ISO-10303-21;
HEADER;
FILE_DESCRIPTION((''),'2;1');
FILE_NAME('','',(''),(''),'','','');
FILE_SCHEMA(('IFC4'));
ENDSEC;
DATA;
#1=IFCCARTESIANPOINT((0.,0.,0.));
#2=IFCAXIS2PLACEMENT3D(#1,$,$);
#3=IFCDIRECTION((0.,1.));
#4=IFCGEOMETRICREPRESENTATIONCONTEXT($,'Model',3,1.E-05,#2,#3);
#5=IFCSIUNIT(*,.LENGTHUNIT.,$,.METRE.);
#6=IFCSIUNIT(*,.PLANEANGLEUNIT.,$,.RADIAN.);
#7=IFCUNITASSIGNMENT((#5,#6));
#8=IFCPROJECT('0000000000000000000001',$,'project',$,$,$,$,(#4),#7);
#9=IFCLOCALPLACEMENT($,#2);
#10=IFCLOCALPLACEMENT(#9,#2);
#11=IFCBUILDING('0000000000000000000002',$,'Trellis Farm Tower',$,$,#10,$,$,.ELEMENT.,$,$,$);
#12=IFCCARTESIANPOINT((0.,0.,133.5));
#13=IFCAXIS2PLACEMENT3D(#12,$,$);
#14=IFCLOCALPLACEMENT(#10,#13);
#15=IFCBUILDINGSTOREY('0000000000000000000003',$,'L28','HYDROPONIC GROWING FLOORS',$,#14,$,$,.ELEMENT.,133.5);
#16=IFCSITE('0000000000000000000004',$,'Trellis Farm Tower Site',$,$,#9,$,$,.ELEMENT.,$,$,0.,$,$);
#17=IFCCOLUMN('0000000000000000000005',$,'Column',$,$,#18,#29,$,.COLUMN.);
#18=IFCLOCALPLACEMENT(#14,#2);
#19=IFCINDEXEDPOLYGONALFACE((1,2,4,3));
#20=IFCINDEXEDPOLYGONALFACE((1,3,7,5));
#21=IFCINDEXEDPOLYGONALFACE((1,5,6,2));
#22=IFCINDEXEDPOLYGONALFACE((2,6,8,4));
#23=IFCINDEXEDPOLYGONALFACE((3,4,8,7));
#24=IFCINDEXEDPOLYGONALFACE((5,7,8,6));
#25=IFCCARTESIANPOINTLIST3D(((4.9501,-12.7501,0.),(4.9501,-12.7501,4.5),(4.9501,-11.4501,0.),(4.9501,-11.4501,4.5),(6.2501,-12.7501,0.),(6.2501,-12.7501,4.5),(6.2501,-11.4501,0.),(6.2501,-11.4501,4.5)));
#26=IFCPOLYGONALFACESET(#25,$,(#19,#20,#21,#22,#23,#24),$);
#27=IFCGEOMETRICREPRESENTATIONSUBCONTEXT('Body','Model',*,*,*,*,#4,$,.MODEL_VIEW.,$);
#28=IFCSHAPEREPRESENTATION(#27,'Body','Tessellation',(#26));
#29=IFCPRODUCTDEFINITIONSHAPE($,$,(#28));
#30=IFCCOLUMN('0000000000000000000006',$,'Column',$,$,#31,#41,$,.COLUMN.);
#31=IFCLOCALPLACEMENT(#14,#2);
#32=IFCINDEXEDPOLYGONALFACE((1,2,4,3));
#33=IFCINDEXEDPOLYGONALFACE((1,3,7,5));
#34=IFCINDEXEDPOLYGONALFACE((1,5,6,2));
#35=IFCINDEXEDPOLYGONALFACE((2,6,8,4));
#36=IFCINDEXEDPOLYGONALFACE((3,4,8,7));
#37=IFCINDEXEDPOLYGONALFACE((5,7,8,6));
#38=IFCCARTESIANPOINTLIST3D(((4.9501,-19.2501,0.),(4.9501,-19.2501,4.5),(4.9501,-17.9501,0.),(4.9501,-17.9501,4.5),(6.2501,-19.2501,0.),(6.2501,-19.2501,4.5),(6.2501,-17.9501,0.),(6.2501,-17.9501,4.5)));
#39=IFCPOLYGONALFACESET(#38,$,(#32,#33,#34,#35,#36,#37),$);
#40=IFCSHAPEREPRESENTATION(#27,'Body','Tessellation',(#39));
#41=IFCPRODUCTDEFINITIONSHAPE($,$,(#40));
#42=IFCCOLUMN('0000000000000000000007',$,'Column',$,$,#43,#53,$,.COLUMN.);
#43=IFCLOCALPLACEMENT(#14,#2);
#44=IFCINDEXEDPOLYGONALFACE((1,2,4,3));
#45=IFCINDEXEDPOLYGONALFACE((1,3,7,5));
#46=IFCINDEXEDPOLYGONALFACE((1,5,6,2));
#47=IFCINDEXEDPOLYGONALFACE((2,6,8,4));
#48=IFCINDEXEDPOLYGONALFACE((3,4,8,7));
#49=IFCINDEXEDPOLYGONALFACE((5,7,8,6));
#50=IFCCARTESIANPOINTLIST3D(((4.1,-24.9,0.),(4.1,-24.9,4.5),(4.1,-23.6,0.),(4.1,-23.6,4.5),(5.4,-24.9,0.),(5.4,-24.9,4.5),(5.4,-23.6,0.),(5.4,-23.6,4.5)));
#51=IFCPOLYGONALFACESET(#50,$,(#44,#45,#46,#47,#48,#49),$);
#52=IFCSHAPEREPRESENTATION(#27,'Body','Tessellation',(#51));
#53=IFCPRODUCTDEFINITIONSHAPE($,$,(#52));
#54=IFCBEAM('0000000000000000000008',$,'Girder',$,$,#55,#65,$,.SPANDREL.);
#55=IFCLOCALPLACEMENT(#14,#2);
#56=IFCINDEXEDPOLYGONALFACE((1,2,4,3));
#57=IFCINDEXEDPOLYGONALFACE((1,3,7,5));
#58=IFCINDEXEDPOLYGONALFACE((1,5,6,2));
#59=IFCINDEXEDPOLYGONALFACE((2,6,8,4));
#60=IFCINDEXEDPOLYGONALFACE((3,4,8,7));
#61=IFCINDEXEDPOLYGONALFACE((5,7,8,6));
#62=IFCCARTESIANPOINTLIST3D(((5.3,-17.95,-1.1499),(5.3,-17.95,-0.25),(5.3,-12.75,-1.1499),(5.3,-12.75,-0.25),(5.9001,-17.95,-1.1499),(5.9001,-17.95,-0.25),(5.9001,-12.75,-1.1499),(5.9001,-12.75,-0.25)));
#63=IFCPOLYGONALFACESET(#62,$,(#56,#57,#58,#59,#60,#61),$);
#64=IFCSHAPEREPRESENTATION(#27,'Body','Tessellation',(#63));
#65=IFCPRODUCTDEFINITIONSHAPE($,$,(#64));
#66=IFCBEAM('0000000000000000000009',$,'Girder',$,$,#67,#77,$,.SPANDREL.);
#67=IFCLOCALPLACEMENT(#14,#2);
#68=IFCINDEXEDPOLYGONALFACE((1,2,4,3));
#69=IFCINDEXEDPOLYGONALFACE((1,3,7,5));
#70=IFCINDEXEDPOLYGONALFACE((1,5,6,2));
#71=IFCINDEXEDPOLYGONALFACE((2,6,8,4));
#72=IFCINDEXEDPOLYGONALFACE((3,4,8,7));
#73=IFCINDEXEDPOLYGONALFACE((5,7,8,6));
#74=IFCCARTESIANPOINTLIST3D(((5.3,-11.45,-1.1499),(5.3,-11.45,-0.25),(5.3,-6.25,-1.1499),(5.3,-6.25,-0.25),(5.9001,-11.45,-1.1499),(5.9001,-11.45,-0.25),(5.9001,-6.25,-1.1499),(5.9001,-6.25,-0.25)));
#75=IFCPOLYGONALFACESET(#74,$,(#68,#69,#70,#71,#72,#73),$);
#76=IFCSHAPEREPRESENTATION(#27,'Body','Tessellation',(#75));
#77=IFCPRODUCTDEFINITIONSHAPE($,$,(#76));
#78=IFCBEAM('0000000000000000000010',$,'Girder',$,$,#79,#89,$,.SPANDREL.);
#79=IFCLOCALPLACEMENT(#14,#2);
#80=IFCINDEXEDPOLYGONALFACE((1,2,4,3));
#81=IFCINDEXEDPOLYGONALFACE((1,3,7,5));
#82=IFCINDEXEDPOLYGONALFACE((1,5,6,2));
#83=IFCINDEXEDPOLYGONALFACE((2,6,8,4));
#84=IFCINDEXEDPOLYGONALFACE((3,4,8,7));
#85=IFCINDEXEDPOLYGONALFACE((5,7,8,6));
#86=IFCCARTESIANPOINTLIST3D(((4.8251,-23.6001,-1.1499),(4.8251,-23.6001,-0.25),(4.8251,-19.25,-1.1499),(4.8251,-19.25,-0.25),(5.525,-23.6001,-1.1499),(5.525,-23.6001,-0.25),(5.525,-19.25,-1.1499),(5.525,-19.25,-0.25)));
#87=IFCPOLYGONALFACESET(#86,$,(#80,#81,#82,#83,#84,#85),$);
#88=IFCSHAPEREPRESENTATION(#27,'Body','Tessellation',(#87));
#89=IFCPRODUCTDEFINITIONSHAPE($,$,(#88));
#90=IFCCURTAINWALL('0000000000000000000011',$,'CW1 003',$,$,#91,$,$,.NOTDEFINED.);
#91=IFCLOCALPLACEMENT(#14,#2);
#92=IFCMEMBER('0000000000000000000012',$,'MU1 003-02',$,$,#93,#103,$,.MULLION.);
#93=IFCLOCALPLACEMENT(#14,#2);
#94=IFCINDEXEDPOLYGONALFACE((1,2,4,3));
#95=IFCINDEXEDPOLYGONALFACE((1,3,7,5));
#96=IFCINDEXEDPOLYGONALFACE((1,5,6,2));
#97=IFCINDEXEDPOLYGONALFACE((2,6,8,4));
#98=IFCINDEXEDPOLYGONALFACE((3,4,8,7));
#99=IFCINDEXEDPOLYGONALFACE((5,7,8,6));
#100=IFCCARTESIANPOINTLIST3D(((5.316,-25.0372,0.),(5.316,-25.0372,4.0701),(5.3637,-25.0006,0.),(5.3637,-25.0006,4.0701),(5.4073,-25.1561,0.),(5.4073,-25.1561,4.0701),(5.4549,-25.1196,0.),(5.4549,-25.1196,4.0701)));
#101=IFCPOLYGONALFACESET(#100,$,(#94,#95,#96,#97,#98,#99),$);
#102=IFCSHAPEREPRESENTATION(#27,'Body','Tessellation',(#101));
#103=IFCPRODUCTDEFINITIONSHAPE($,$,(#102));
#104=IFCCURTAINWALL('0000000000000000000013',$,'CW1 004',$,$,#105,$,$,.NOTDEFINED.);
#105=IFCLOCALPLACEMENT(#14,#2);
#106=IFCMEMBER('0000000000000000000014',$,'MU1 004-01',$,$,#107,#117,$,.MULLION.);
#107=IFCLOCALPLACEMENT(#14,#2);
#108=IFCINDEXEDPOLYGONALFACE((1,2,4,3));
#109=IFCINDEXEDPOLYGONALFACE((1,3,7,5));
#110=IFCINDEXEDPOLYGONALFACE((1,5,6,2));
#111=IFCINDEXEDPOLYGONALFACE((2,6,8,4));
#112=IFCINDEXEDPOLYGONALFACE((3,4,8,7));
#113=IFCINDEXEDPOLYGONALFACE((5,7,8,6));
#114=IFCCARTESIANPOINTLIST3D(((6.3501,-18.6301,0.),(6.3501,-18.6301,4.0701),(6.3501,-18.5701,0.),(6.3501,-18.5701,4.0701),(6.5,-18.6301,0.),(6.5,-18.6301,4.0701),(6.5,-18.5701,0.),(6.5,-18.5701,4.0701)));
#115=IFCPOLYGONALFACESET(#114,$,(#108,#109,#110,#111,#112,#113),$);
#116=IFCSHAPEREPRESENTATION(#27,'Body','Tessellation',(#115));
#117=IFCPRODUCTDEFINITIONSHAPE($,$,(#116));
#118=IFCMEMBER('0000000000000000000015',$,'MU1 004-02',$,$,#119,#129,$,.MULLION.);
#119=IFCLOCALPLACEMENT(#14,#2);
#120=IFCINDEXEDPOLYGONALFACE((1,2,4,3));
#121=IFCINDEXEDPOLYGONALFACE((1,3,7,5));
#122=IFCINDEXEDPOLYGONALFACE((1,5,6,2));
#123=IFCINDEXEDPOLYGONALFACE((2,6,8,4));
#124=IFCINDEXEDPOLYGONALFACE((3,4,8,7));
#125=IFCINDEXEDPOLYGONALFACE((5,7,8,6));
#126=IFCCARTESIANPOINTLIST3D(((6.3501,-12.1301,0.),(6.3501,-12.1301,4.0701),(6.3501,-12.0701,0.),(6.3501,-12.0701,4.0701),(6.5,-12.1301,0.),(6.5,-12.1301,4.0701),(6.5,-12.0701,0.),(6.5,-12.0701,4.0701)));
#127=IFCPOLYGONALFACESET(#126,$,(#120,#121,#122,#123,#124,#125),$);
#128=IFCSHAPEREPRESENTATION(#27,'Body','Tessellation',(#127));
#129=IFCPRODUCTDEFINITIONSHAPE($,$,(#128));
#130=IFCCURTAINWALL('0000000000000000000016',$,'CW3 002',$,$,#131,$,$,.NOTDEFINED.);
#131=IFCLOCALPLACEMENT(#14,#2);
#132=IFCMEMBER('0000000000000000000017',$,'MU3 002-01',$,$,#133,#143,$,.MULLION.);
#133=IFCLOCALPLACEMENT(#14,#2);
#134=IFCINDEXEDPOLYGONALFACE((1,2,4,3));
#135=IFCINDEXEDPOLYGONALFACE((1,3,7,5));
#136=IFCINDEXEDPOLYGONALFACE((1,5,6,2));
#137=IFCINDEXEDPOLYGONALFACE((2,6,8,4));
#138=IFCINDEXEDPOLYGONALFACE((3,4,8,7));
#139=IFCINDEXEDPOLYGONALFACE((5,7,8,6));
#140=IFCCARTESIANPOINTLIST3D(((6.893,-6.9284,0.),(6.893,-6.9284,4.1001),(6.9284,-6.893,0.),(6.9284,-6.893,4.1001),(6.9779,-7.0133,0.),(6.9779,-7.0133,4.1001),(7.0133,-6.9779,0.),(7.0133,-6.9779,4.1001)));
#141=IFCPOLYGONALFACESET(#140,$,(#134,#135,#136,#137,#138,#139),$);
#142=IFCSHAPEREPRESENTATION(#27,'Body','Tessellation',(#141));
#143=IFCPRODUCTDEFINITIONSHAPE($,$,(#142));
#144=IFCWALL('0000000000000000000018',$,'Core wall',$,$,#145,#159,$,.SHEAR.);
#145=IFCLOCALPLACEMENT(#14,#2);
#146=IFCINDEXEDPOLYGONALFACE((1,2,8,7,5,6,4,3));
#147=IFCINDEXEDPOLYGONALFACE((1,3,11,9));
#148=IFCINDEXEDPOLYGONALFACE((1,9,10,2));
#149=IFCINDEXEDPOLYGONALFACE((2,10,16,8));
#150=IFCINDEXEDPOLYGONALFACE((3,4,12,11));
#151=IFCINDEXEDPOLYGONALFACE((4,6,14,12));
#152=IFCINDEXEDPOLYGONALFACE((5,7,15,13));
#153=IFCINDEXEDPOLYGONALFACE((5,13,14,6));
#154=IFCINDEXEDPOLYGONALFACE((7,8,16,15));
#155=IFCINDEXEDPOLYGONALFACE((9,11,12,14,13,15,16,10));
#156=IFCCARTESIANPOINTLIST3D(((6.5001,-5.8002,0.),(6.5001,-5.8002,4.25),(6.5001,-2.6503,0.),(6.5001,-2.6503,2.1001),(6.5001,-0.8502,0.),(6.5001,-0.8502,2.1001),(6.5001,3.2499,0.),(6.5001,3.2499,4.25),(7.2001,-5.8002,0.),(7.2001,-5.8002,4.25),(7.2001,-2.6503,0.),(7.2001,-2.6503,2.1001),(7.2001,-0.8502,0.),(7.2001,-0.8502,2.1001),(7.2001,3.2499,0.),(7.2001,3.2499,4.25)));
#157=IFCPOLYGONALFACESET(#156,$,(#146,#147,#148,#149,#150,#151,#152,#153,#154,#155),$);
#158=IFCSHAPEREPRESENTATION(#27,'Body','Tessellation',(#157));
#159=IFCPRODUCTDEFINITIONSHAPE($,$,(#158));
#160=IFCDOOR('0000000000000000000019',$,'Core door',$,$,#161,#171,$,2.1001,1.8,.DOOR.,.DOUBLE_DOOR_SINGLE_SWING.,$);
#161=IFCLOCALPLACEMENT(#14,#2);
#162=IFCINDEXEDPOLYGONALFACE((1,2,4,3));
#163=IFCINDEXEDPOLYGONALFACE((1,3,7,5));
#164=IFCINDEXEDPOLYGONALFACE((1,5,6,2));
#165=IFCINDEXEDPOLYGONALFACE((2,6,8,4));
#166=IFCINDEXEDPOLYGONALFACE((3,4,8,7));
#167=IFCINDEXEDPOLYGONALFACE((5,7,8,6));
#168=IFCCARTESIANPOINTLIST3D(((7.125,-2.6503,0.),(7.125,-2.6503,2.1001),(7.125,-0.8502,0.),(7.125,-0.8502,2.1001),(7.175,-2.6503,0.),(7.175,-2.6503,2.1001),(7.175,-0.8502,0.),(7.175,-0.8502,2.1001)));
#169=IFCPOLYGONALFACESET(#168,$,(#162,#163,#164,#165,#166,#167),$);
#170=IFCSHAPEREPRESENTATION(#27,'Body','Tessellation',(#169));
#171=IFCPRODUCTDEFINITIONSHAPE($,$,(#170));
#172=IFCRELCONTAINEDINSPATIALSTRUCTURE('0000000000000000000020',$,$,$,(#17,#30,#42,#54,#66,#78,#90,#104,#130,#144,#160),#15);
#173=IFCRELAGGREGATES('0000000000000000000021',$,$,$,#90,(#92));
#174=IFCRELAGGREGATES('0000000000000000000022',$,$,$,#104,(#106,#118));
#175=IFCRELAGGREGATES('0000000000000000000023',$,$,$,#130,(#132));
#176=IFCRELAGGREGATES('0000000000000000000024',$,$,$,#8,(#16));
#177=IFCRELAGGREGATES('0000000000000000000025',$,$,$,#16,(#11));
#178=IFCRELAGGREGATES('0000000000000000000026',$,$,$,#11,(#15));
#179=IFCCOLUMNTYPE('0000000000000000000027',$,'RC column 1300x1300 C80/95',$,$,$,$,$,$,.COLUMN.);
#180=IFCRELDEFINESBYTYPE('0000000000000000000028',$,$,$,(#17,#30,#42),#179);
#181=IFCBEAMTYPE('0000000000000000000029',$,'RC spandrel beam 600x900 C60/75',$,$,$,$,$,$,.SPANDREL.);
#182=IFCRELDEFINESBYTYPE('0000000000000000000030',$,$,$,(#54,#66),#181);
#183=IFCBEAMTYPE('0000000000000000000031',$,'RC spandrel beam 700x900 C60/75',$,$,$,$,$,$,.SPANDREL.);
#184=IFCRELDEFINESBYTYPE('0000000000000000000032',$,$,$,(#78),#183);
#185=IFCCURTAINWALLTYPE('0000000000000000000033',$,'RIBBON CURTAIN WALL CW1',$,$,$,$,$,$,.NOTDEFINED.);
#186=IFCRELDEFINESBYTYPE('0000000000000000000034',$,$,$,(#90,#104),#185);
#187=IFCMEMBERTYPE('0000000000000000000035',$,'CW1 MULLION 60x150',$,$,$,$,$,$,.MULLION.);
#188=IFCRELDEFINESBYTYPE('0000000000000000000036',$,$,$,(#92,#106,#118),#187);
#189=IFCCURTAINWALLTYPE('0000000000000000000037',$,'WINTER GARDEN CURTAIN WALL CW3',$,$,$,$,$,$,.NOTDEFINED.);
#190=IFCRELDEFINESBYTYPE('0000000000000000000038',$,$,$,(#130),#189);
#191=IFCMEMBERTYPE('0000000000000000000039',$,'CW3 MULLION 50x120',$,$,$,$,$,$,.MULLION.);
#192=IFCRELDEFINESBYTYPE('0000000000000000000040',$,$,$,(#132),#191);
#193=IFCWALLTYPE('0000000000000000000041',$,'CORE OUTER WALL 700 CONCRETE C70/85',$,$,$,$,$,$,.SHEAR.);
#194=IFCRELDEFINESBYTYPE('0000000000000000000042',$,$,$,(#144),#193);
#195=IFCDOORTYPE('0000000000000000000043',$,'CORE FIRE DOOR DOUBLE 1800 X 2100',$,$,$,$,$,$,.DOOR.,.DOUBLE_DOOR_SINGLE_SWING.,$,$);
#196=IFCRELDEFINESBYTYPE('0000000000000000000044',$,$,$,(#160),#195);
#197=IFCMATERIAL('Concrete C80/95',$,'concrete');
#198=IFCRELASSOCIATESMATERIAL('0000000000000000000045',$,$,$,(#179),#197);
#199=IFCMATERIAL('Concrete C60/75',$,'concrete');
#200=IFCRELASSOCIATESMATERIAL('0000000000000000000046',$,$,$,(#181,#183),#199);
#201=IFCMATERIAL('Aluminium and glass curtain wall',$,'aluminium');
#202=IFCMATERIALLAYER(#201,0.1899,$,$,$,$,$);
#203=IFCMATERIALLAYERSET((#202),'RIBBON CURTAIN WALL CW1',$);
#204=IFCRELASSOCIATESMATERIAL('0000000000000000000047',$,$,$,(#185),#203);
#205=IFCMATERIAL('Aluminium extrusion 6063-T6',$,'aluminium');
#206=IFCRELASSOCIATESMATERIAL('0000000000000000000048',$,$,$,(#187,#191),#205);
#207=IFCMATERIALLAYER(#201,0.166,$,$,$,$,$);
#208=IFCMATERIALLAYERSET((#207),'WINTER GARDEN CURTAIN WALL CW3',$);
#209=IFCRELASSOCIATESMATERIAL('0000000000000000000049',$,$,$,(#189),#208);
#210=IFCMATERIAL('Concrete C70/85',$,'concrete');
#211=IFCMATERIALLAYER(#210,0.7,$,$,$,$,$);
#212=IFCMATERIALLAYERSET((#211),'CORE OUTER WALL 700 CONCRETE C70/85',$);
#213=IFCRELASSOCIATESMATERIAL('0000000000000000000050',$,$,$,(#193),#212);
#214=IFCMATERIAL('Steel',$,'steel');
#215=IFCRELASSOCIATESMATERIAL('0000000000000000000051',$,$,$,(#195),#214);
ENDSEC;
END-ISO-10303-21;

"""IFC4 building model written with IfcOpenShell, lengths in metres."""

from ifc_helpers import new_model, si_unit, direction, frame, frame_2d, origin, origin_2d, place, context, subcontext, project, spatial, rectangle, extrude, source, transform, mapped, material, layer, layer_set, material_profile, profile_set, type_object, element, fill, aggregate, save


model = new_model("IFC4")

# Units and contexts
model_context = context("Model", 3, precision=1e-05, world=origin(), true_north=direction((0.0, 1.0)))
body_context = subcontext(model_context, "Body", "Model", "MODEL_VIEW")
ifc_project = project(units=[si_unit("LENGTHUNIT", "METRE"), si_unit("PLANEANGLEUNIT", "RADIAN")], contexts=[model_context])

# Site, building, storey
site_placement = place(None, origin())
site = spatial("IfcSite", under=ifc_project, at=site_placement, Name="Trellis Farm Tower Site", CompositionType="ELEMENT", RefElevation=0.0)
building_placement = place(site_placement, origin())
building = spatial("IfcBuilding", under=site, at=building_placement, Name="Trellis Farm Tower", CompositionType="ELEMENT")
storey_placement = place(building_placement, frame((0.0, 0.0, 133.5)))
storey = spatial("IfcBuildingStorey", under=building, at=storey_placement, Name="L28", Description="HYDROPONIC GROWING FLOORS", CompositionType="ELEMENT", Elevation=133.5)

# Columns
ifc_material_1 = material(Name="Concrete C80/95", Category="concrete")
ifc_material_profile_1 = material_profile(ifc_material_1, rectangle(XDim=1.3, YDim=1.3, at=origin_2d()), Name="RC column 1300x1300 C80/95")
ifc_profile_set_1 = profile_set([ifc_material_profile_1], Name="Concrete C80/95")
column_type = type_object("IfcColumnType", Name="RC column 1300x1300 C80/95", PredefinedType="COLUMN", material=ifc_profile_set_1)
shared_shape_1 = source(origin(), body_context, "Body", "SweptSolid", [
    extrude(rectangle(XDim=1.3, YDim=1.3, at=origin_2d()), origin(), (0.0, 0.0, 1.0), 4.5),
])
for number, where, z_axis, x_axis, name in (
    (1, (5.6001, -12.1001, 0.0), (0.0, 0.0, 1.0), (1.0, 0.0, 0.0), "Column"),
    (2, (5.6001, -18.6001, 0.0), (0.0, 0.0, 1.0), (1.0, 0.0, 0.0), "Column"),
    (3, (4.75, -24.25, 0.0), (0.0, 0.0, 1.0), (1.0, 0.0, 0.0), "Column"),
):
    element("IfcColumn", number, at=place(storey_placement, frame(where, z_axis=z_axis, x_axis=x_axis)), inside=storey, type_object=column_type, Name=name, PredefinedType="COLUMN", context=body_context, shape_type="MappedRepresentation", body=[
        mapped(shared_shape_1, transform((0.0, 0.0, 0.0))),
    ])

# Beams
ifc_material_2 = material(Name="Concrete C60/75", Category="concrete")
ifc_material_profile_2 = material_profile(ifc_material_2, rectangle(XDim=0.6001, YDim=0.8999, at=origin_2d()), Name="RC spandrel beam 600x900 C60/75")
ifc_profile_set_2 = profile_set([ifc_material_profile_2], Name="Concrete C60/75")
beam_type_1 = type_object("IfcBeamType", Name="RC spandrel beam 600x900 C60/75", PredefinedType="SPANDREL", material=ifc_profile_set_2)
shared_shape_2 = source(origin(), body_context, "Body", "SweptSolid", [
    extrude(rectangle(XDim=0.6001, YDim=0.8999, at=origin_2d()), origin(), (0.0, 0.0, 1.0), 5.2),
])
for number, where, z_axis, x_axis, name in (
    (4, (5.6001, -17.95, -0.7), (0.0, 1.0, 0.0), (-1.0, 0.0, 0.0), "Girder"),
    (5, (5.6001, -11.45, -0.7), (0.0, 1.0, 0.0), (-1.0, 0.0, 0.0), "Girder"),
):
    element("IfcBeam", number, at=place(storey_placement, frame(where, z_axis=z_axis, x_axis=x_axis)), inside=storey, type_object=beam_type_1, Name=name, PredefinedType="SPANDREL", context=body_context, shape_type="MappedRepresentation", body=[
        mapped(shared_shape_2, transform((0.0, 0.0, 0.0))),
    ])
ifc_material_profile_3 = material_profile(ifc_material_2, rectangle(XDim=0.7, YDim=0.8999, at=origin_2d()), Name="RC spandrel beam 700x900 C60/75")
ifc_profile_set_3 = profile_set([ifc_material_profile_3], Name="Concrete C60/75")
beam_type_2 = type_object("IfcBeamType", Name="RC spandrel beam 700x900 C60/75", PredefinedType="SPANDREL", material=ifc_profile_set_3)
shared_shape_3 = source(origin(), body_context, "Body", "SweptSolid", [
    extrude(rectangle(XDim=0.7, YDim=0.8999, at=origin_2d()), origin(), (0.0, 0.0, 1.0), 4.3501),
])
beam_placement = place(storey_placement, frame((5.175, -23.6001, -0.7), z_axis=(0.0, 1.0, 0.0), x_axis=(-1.0, 0.0, 0.0)))
element("IfcBeam", 6, at=beam_placement, inside=storey, type_object=beam_type_2, Name="Girder", PredefinedType="SPANDREL", context=body_context, shape_type="MappedRepresentation", body=[
    mapped(shared_shape_3, transform((0.0, 0.0, 0.0))),
])

# Curtain wall, member
ifc_material_3 = material(Name="Aluminium and glass curtain wall", Category="aluminium")
ifc_layer_1 = layer(ifc_material_3, 0.1899)
ifc_layer_set_1 = layer_set([ifc_layer_1], Name="RIBBON CURTAIN WALL CW1")
curtain_wall_type_1 = type_object("IfcCurtainWallType", Name="RIBBON CURTAIN WALL CW1", PredefinedType="NOTDEFINED", material=ifc_layer_set_1)
placement = place(storey_placement, origin())
curtain_wall_1 = element("IfcCurtainWall", 7, at=placement, inside=storey, type_object=curtain_wall_type_1, Name="CW1 003", PredefinedType="NOTDEFINED")
ifc_material_4 = material(Name="Aluminium extrusion 6063-T6", Category="aluminium")
ifc_material_profile_4 = material_profile(ifc_material_4, rectangle(XDim=0.0601, YDim=0.1499, at=origin_2d()), Name="MULLION 60x150")
ifc_profile_set_4 = profile_set([ifc_material_profile_4], Name="Aluminium extrusion 6063-T6")
member_type_1 = type_object("IfcMemberType", Name="CW1 MULLION 60x150", PredefinedType="MULLION", material=ifc_profile_set_4)
shared_shape_4 = source(origin(), body_context, "Body", "SweptSolid", [
    extrude(rectangle(XDim=0.0601, YDim=0.1499, at=origin_2d()), origin(), (0.0, 0.0, 1.0), 4.0701),
])
member_1_placement = place(storey_placement, frame((5.3855, -25.0784, 0.0), z_axis=(0.0, 0.0, 1.0), x_axis=(0.793353, 0.608761, 0.0)))
member_1 = element("IfcMember", 8, at=member_1_placement, type_object=member_type_1, Name="MU1 003-02", PredefinedType="MULLION", context=body_context, shape_type="MappedRepresentation", body=[
    mapped(shared_shape_4, transform((0.0, 0.0, 0.0))),
])
aggregate(curtain_wall_1, [member_1])

# Curtain wall, members
curtain_wall_2 = element("IfcCurtainWall", 9, at=placement, inside=storey, type_object=curtain_wall_type_1, Name="CW1 004", PredefinedType="NOTDEFINED")
member_2_placement = place(storey_placement, frame((6.425, -18.6001, 0.0), z_axis=(0.0, 0.0, 1.0), x_axis=(0.0, 1.0, 0.0)))
member_2 = element("IfcMember", 10, at=member_2_placement, type_object=member_type_1, Name="MU1 004-01", PredefinedType="MULLION", context=body_context, shape_type="MappedRepresentation", body=[
    mapped(shared_shape_4, transform((0.0, 0.0, 0.0))),
])
member_3_placement = place(storey_placement, frame((6.425, -12.1001, 0.0), z_axis=(0.0, 0.0, 1.0), x_axis=(0.0, 1.0, 0.0)))
member_3 = element("IfcMember", 11, at=member_3_placement, type_object=member_type_1, Name="MU1 004-02", PredefinedType="MULLION", context=body_context, shape_type="MappedRepresentation", body=[
    mapped(shared_shape_4, transform((0.0, 0.0, 0.0))),
])
aggregate(curtain_wall_2, [member_2, member_3])

# Curtain wall, member
ifc_layer_2 = layer(ifc_material_3, 0.166)
ifc_layer_set_2 = layer_set([ifc_layer_2], Name="WINTER GARDEN CURTAIN WALL CW3")
curtain_wall_type_2 = type_object("IfcCurtainWallType", Name="WINTER GARDEN CURTAIN WALL CW3", PredefinedType="NOTDEFINED", material=ifc_layer_set_2)
curtain_wall_3 = element("IfcCurtainWall", 12, at=placement, inside=storey, type_object=curtain_wall_type_2, Name="CW3 002", PredefinedType="NOTDEFINED")
ifc_material_profile_5 = material_profile(ifc_material_4, rectangle(XDim=0.05, YDim=0.1201, at=origin_2d()), Name="MULLION 50x120")
ifc_profile_set_5 = profile_set([ifc_material_profile_5], Name="Aluminium extrusion 6063-T6")
member_type_2 = type_object("IfcMemberType", Name="CW3 MULLION 50x120", PredefinedType="MULLION", material=ifc_profile_set_5)
shared_shape_5 = source(origin(), body_context, "Body", "SweptSolid", [
    extrude(rectangle(XDim=0.05, YDim=0.1201, at=origin_2d()), origin(), (0.0, 0.0, 1.0), 4.1001),
])
member_4_placement = place(storey_placement, frame((6.9531, -6.9531, 0.0), z_axis=(0.0, 0.0, 1.0), x_axis=(0.707107, 0.707107, 0.0)))
member_4 = element("IfcMember", 13, at=member_4_placement, type_object=member_type_2, Name="MU3 002-01", PredefinedType="MULLION", context=body_context, shape_type="MappedRepresentation", body=[
    mapped(shared_shape_5, transform((0.0, 0.0, 0.0))),
])
aggregate(curtain_wall_3, [member_4])

# Wall, opening, door
ifc_material_5 = material(Name="Concrete C70/85", Category="concrete")
ifc_layer_3 = layer(ifc_material_5, 0.7)
ifc_layer_set_3 = layer_set([ifc_layer_3], Name="CORE OUTER WALL 700 CONCRETE C70/85")
wall_type_1 = type_object("IfcWallType", Name="CORE OUTER WALL 700 CONCRETE C70/85", PredefinedType="SHEAR", material=ifc_layer_set_3)
shared_shape_6 = source(origin(), body_context, "Body", "SweptSolid", [
    extrude(rectangle(XDim=9.05, YDim=0.7, at=frame_2d((4.5249, 0.0))), origin(), (0.0, 0.0, 1.0), 4.25),
])
wall_1_placement = place(storey_placement, frame((6.8501, -5.8, 0.0), z_axis=(0.0, 0.0, 1.0), x_axis=(0.0, 1.0, 0.0)))
wall_1 = element("IfcWall", 14, at=wall_1_placement, inside=storey, type_object=wall_type_1, Name="Core wall", PredefinedType="SHEAR", context=body_context, shape_type="MappedRepresentation", body=[
    mapped(shared_shape_6, transform((0.0, 0.0, 0.0))),
])
shared_shape_7 = source(origin(), body_context, "Body", "SweptSolid", [
    extrude(rectangle(XDim=1.8, YDim=2.1001, at=frame_2d((0.8999, 1.05))), frame((0.0, 0.3601, 0.0), z_axis=(0.0, -1.0, 0.0), x_axis=(1.0, 0.0, 0.0)), (0.0, 0.0, 1.0), 0.7202),
])
opening_1_placement = place(wall_1_placement, frame((3.1499, 0.0, 0.0)))
opening_1 = element("IfcOpeningElement", 15, at=opening_1_placement, cuts=wall_1, PredefinedType="OPENING", context=body_context, shape_type="MappedRepresentation", body=[
    mapped(shared_shape_7, transform((0.0, 0.0, 0.0))),
])
ifc_material_6 = material(Name="Steel", Category="steel")
door_type_1 = type_object("IfcDoorType", Name="CORE FIRE DOOR DOUBLE 1800 X 2100", OperationType="DOUBLE_DOOR_SINGLE_SWING", PredefinedType="DOOR", material=ifc_material_6)
shared_shape_8 = source(origin(), body_context, "Body", "SweptSolid", [
    extrude(rectangle(XDim=1.8, YDim=2.1001, at=frame_2d((0.8999, 1.05))), frame((0.0, -0.2749, 0.0), z_axis=(0.0, -1.0, 0.0), x_axis=(1.0, 0.0, 0.0)), (0.0, 0.0, 1.0), 0.05),
])
door_1_placement = place(opening_1_placement, origin())
door_1 = element("IfcDoor", 16, at=door_1_placement, inside=storey, type_object=door_type_1, Name="Core door", OperationType="DOUBLE_DOOR_SINGLE_SWING", OverallHeight=2.1001, OverallWidth=1.8, PredefinedType="DOOR", context=body_context, shape_type="MappedRepresentation", body=[
    mapped(shared_shape_8, transform((0.0, 0.0, 0.0))),
])
fill(opening_1, door_1)

save(model, "model.ifc")
